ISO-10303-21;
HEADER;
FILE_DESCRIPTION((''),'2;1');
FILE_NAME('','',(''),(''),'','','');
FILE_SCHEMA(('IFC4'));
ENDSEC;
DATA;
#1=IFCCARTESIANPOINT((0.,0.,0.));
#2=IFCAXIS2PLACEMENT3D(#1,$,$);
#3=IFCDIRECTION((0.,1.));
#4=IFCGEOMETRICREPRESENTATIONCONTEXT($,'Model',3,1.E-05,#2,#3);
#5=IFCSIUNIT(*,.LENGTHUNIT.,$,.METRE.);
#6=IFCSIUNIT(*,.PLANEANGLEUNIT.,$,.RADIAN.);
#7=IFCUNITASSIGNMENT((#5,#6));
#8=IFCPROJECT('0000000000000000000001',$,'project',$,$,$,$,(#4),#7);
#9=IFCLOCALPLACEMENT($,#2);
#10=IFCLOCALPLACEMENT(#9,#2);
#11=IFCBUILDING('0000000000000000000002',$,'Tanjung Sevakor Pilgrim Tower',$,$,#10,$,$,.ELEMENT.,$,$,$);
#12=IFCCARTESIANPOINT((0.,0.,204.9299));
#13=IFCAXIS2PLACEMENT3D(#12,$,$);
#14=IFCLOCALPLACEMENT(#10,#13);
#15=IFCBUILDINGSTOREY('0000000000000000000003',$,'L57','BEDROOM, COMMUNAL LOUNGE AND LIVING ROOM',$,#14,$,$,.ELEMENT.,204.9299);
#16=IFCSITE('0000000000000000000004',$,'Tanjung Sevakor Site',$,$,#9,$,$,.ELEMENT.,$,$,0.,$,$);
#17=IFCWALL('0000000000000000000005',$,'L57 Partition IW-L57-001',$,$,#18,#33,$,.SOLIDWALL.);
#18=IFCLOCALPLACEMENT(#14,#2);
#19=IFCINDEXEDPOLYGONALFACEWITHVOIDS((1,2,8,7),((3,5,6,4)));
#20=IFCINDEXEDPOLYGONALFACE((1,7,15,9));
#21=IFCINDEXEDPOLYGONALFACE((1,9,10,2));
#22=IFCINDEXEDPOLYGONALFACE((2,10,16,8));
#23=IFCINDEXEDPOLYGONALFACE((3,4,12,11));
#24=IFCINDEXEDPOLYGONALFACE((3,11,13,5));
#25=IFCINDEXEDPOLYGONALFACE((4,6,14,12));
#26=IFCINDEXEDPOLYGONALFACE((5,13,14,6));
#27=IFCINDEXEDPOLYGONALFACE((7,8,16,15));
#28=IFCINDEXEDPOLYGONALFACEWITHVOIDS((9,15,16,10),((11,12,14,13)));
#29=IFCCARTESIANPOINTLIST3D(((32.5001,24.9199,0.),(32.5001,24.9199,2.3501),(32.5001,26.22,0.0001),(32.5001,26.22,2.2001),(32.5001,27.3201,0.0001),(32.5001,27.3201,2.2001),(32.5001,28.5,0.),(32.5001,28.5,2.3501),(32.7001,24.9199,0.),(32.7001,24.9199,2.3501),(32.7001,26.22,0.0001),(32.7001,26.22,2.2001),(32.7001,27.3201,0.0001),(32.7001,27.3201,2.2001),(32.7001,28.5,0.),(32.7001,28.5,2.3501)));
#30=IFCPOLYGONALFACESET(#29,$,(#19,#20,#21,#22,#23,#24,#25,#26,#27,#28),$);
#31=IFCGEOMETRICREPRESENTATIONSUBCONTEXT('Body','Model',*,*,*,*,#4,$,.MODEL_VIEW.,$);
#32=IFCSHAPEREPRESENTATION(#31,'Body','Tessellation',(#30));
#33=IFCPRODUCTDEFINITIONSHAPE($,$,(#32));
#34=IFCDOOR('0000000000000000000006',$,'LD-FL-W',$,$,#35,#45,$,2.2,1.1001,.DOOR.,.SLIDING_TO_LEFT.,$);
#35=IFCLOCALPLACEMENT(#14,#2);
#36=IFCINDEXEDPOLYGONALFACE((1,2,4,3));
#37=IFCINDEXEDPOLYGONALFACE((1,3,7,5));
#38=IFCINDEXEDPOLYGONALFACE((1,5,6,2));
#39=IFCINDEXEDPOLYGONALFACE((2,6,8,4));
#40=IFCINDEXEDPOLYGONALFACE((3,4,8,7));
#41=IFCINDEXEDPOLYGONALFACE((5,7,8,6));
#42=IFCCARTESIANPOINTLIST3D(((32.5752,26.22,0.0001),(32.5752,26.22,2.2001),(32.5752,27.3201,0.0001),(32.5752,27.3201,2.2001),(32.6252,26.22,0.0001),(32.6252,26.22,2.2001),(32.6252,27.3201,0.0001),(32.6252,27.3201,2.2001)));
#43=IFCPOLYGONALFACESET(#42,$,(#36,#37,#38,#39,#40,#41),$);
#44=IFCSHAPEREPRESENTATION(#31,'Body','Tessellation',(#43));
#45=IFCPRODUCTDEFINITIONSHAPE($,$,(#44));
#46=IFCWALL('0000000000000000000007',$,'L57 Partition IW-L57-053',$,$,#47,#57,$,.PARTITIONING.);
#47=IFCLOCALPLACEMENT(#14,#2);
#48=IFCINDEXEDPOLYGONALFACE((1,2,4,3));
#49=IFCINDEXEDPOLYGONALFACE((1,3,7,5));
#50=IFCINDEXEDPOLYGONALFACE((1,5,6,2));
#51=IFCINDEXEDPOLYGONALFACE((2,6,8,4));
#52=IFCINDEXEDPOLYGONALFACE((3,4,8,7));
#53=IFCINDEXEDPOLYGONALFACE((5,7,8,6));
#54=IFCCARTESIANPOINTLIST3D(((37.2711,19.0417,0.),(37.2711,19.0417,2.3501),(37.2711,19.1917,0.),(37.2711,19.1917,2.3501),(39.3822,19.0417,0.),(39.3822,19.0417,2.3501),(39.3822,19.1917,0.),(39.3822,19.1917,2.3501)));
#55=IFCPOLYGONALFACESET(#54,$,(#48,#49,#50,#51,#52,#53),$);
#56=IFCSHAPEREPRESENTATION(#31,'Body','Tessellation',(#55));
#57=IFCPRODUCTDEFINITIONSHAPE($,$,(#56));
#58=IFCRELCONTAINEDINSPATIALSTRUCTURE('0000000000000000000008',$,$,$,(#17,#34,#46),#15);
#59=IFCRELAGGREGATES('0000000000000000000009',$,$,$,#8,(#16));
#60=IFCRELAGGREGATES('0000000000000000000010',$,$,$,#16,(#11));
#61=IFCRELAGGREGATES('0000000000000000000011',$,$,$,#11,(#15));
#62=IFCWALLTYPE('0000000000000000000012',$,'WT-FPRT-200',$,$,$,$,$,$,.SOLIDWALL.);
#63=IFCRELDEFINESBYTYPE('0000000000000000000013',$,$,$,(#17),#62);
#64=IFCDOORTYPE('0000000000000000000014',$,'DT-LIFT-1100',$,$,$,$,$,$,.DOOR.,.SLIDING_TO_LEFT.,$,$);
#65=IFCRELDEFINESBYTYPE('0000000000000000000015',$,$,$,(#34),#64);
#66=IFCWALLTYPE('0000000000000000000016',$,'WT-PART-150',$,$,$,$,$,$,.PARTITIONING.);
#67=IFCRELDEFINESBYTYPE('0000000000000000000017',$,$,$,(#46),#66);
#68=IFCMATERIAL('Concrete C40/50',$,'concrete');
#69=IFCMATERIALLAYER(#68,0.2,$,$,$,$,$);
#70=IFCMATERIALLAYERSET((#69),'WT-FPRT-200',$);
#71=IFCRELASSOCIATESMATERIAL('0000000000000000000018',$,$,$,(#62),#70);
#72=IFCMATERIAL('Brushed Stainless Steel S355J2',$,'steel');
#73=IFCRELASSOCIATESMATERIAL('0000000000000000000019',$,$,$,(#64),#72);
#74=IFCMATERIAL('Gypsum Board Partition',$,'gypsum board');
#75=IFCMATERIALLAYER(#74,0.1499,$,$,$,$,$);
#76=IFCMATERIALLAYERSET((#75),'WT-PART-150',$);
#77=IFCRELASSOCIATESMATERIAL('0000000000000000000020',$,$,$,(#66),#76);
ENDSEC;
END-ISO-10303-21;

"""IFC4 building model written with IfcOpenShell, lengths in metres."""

from ifc_helpers import new_model, si_unit, direction, frame, frame_2d, origin, place, context, subcontext, project, spatial, rectangle, extrude, material, layer, layer_set, type_object, element, fill, save


model = new_model("IFC4")

# Units and contexts
model_context = context("Model", 3, precision=1e-05, world=origin(), true_north=direction((0.0, 1.0)))
body_context = subcontext(model_context, "Body", "Model", "MODEL_VIEW")
ifc_project = project(units=[si_unit("LENGTHUNIT", "METRE"), si_unit("PLANEANGLEUNIT", "RADIAN")], contexts=[model_context])

# Site, building, storey
site_placement = place(None, origin())
site = spatial("IfcSite", under=ifc_project, at=site_placement, Name="Tanjung Sevakor Site", CompositionType="ELEMENT", RefElevation=0.0)
building_placement = place(site_placement, origin())
building = spatial("IfcBuilding", under=site, at=building_placement, Name="Tanjung Sevakor Pilgrim Tower", CompositionType="ELEMENT")
storey_placement = place(building_placement, frame((0.0, 0.0, 204.9299)))
storey = spatial("IfcBuildingStorey", under=building, at=storey_placement, Name="L57", Description="BEDROOM, COMMUNAL LOUNGE AND LIVING ROOM", CompositionType="ELEMENT", Elevation=204.9299)

# Wall, opening, door
ifc_material_1 = material(Name="Concrete C40/50", Category="concrete")
ifc_layer_1 = layer(ifc_material_1, 0.2)
ifc_layer_set_1 = layer_set([ifc_layer_1], Name="WT-FPRT-200")
wall_type_1 = type_object("IfcWallType", Name="WT-FPRT-200", PredefinedType="SOLIDWALL", material=ifc_layer_set_1)
wall_1_placement = place(storey_placement, frame((32.6001, 24.9199, 0.0), z_axis=(0.0, 0.0, 1.0), x_axis=(0.0, 1.0, 0.0)))
wall_1 = element("IfcWall", 1, at=wall_1_placement, inside=storey, type_object=wall_type_1, Name="L57 Partition IW-L57-001", PredefinedType="SOLIDWALL", context=body_context, shape_type="SweptSolid", body=[
    extrude(rectangle(XDim=3.5801, YDim=0.2, at=frame_2d((1.79, 0.0))), origin(), (0.0, 0.0, 1.0), 2.3501),
])
opening_1_placement = place(wall_1_placement, frame((1.3, 0.0, 0.0)))
opening_1 = element("IfcOpeningElement", 2, at=opening_1_placement, cuts=wall_1, PredefinedType="OPENING", context=body_context, shape_type="SweptSolid", body=[
    extrude(rectangle(XDim=1.1001, YDim=2.2, at=frame_2d((0.55, 1.1001))), frame((0.0, 0.1099, 0.0), z_axis=(0.0, -1.0, 0.0), x_axis=(1.0, 0.0, 0.0)), (0.0, 0.0, 1.0), 0.22),
])
ifc_material_2 = material(Name="Brushed Stainless Steel S355J2", Category="steel")
door_type_1 = type_object("IfcDoorType", Name="DT-LIFT-1100", OperationType="SLIDING_TO_LEFT", PredefinedType="DOOR", material=ifc_material_2)
door_1_placement = place(opening_1_placement, origin())
door_1 = element("IfcDoor", 3, at=door_1_placement, inside=storey, type_object=door_type_1, Name="LD-FL-W", OperationType="SLIDING_TO_LEFT", OverallHeight=2.2, OverallWidth=1.1001, PredefinedType="DOOR", context=body_context, shape_type="SweptSolid", body=[
    extrude(rectangle(XDim=1.1001, YDim=2.2, at=frame_2d((0.55, 1.1001))), frame((0.0, 0.0249, 0.0), z_axis=(0.0, -1.0, 0.0), x_axis=(1.0, 0.0, 0.0)), (0.0, 0.0, 1.0), 0.05),
])
fill(opening_1, door_1)

# Wall
ifc_material_3 = material(Name="Gypsum Board Partition", Category="gypsum board")
ifc_layer_2 = layer(ifc_material_3, 0.1499)
ifc_layer_set_2 = layer_set([ifc_layer_2], Name="WT-PART-150")
wall_type_2 = type_object("IfcWallType", Name="WT-PART-150", PredefinedType="PARTITIONING", material=ifc_layer_set_2)
wall_2_placement = place(storey_placement, frame((37.271, 19.1167, 0.0), z_axis=(0.0, 0.0, 1.0), x_axis=(1.0, 0.0, 0.0)))
element("IfcWall", 4, at=wall_2_placement, inside=storey, type_object=wall_type_2, Name="L57 Partition IW-L57-053", PredefinedType="PARTITIONING", context=body_context, shape_type="SweptSolid", body=[
    extrude(rectangle(XDim=2.1111, YDim=0.1499, at=frame_2d((1.0557, 0.0))), origin(), (0.0, 0.0, 1.0), 2.3501),
])

save(model, "model.ifc")
